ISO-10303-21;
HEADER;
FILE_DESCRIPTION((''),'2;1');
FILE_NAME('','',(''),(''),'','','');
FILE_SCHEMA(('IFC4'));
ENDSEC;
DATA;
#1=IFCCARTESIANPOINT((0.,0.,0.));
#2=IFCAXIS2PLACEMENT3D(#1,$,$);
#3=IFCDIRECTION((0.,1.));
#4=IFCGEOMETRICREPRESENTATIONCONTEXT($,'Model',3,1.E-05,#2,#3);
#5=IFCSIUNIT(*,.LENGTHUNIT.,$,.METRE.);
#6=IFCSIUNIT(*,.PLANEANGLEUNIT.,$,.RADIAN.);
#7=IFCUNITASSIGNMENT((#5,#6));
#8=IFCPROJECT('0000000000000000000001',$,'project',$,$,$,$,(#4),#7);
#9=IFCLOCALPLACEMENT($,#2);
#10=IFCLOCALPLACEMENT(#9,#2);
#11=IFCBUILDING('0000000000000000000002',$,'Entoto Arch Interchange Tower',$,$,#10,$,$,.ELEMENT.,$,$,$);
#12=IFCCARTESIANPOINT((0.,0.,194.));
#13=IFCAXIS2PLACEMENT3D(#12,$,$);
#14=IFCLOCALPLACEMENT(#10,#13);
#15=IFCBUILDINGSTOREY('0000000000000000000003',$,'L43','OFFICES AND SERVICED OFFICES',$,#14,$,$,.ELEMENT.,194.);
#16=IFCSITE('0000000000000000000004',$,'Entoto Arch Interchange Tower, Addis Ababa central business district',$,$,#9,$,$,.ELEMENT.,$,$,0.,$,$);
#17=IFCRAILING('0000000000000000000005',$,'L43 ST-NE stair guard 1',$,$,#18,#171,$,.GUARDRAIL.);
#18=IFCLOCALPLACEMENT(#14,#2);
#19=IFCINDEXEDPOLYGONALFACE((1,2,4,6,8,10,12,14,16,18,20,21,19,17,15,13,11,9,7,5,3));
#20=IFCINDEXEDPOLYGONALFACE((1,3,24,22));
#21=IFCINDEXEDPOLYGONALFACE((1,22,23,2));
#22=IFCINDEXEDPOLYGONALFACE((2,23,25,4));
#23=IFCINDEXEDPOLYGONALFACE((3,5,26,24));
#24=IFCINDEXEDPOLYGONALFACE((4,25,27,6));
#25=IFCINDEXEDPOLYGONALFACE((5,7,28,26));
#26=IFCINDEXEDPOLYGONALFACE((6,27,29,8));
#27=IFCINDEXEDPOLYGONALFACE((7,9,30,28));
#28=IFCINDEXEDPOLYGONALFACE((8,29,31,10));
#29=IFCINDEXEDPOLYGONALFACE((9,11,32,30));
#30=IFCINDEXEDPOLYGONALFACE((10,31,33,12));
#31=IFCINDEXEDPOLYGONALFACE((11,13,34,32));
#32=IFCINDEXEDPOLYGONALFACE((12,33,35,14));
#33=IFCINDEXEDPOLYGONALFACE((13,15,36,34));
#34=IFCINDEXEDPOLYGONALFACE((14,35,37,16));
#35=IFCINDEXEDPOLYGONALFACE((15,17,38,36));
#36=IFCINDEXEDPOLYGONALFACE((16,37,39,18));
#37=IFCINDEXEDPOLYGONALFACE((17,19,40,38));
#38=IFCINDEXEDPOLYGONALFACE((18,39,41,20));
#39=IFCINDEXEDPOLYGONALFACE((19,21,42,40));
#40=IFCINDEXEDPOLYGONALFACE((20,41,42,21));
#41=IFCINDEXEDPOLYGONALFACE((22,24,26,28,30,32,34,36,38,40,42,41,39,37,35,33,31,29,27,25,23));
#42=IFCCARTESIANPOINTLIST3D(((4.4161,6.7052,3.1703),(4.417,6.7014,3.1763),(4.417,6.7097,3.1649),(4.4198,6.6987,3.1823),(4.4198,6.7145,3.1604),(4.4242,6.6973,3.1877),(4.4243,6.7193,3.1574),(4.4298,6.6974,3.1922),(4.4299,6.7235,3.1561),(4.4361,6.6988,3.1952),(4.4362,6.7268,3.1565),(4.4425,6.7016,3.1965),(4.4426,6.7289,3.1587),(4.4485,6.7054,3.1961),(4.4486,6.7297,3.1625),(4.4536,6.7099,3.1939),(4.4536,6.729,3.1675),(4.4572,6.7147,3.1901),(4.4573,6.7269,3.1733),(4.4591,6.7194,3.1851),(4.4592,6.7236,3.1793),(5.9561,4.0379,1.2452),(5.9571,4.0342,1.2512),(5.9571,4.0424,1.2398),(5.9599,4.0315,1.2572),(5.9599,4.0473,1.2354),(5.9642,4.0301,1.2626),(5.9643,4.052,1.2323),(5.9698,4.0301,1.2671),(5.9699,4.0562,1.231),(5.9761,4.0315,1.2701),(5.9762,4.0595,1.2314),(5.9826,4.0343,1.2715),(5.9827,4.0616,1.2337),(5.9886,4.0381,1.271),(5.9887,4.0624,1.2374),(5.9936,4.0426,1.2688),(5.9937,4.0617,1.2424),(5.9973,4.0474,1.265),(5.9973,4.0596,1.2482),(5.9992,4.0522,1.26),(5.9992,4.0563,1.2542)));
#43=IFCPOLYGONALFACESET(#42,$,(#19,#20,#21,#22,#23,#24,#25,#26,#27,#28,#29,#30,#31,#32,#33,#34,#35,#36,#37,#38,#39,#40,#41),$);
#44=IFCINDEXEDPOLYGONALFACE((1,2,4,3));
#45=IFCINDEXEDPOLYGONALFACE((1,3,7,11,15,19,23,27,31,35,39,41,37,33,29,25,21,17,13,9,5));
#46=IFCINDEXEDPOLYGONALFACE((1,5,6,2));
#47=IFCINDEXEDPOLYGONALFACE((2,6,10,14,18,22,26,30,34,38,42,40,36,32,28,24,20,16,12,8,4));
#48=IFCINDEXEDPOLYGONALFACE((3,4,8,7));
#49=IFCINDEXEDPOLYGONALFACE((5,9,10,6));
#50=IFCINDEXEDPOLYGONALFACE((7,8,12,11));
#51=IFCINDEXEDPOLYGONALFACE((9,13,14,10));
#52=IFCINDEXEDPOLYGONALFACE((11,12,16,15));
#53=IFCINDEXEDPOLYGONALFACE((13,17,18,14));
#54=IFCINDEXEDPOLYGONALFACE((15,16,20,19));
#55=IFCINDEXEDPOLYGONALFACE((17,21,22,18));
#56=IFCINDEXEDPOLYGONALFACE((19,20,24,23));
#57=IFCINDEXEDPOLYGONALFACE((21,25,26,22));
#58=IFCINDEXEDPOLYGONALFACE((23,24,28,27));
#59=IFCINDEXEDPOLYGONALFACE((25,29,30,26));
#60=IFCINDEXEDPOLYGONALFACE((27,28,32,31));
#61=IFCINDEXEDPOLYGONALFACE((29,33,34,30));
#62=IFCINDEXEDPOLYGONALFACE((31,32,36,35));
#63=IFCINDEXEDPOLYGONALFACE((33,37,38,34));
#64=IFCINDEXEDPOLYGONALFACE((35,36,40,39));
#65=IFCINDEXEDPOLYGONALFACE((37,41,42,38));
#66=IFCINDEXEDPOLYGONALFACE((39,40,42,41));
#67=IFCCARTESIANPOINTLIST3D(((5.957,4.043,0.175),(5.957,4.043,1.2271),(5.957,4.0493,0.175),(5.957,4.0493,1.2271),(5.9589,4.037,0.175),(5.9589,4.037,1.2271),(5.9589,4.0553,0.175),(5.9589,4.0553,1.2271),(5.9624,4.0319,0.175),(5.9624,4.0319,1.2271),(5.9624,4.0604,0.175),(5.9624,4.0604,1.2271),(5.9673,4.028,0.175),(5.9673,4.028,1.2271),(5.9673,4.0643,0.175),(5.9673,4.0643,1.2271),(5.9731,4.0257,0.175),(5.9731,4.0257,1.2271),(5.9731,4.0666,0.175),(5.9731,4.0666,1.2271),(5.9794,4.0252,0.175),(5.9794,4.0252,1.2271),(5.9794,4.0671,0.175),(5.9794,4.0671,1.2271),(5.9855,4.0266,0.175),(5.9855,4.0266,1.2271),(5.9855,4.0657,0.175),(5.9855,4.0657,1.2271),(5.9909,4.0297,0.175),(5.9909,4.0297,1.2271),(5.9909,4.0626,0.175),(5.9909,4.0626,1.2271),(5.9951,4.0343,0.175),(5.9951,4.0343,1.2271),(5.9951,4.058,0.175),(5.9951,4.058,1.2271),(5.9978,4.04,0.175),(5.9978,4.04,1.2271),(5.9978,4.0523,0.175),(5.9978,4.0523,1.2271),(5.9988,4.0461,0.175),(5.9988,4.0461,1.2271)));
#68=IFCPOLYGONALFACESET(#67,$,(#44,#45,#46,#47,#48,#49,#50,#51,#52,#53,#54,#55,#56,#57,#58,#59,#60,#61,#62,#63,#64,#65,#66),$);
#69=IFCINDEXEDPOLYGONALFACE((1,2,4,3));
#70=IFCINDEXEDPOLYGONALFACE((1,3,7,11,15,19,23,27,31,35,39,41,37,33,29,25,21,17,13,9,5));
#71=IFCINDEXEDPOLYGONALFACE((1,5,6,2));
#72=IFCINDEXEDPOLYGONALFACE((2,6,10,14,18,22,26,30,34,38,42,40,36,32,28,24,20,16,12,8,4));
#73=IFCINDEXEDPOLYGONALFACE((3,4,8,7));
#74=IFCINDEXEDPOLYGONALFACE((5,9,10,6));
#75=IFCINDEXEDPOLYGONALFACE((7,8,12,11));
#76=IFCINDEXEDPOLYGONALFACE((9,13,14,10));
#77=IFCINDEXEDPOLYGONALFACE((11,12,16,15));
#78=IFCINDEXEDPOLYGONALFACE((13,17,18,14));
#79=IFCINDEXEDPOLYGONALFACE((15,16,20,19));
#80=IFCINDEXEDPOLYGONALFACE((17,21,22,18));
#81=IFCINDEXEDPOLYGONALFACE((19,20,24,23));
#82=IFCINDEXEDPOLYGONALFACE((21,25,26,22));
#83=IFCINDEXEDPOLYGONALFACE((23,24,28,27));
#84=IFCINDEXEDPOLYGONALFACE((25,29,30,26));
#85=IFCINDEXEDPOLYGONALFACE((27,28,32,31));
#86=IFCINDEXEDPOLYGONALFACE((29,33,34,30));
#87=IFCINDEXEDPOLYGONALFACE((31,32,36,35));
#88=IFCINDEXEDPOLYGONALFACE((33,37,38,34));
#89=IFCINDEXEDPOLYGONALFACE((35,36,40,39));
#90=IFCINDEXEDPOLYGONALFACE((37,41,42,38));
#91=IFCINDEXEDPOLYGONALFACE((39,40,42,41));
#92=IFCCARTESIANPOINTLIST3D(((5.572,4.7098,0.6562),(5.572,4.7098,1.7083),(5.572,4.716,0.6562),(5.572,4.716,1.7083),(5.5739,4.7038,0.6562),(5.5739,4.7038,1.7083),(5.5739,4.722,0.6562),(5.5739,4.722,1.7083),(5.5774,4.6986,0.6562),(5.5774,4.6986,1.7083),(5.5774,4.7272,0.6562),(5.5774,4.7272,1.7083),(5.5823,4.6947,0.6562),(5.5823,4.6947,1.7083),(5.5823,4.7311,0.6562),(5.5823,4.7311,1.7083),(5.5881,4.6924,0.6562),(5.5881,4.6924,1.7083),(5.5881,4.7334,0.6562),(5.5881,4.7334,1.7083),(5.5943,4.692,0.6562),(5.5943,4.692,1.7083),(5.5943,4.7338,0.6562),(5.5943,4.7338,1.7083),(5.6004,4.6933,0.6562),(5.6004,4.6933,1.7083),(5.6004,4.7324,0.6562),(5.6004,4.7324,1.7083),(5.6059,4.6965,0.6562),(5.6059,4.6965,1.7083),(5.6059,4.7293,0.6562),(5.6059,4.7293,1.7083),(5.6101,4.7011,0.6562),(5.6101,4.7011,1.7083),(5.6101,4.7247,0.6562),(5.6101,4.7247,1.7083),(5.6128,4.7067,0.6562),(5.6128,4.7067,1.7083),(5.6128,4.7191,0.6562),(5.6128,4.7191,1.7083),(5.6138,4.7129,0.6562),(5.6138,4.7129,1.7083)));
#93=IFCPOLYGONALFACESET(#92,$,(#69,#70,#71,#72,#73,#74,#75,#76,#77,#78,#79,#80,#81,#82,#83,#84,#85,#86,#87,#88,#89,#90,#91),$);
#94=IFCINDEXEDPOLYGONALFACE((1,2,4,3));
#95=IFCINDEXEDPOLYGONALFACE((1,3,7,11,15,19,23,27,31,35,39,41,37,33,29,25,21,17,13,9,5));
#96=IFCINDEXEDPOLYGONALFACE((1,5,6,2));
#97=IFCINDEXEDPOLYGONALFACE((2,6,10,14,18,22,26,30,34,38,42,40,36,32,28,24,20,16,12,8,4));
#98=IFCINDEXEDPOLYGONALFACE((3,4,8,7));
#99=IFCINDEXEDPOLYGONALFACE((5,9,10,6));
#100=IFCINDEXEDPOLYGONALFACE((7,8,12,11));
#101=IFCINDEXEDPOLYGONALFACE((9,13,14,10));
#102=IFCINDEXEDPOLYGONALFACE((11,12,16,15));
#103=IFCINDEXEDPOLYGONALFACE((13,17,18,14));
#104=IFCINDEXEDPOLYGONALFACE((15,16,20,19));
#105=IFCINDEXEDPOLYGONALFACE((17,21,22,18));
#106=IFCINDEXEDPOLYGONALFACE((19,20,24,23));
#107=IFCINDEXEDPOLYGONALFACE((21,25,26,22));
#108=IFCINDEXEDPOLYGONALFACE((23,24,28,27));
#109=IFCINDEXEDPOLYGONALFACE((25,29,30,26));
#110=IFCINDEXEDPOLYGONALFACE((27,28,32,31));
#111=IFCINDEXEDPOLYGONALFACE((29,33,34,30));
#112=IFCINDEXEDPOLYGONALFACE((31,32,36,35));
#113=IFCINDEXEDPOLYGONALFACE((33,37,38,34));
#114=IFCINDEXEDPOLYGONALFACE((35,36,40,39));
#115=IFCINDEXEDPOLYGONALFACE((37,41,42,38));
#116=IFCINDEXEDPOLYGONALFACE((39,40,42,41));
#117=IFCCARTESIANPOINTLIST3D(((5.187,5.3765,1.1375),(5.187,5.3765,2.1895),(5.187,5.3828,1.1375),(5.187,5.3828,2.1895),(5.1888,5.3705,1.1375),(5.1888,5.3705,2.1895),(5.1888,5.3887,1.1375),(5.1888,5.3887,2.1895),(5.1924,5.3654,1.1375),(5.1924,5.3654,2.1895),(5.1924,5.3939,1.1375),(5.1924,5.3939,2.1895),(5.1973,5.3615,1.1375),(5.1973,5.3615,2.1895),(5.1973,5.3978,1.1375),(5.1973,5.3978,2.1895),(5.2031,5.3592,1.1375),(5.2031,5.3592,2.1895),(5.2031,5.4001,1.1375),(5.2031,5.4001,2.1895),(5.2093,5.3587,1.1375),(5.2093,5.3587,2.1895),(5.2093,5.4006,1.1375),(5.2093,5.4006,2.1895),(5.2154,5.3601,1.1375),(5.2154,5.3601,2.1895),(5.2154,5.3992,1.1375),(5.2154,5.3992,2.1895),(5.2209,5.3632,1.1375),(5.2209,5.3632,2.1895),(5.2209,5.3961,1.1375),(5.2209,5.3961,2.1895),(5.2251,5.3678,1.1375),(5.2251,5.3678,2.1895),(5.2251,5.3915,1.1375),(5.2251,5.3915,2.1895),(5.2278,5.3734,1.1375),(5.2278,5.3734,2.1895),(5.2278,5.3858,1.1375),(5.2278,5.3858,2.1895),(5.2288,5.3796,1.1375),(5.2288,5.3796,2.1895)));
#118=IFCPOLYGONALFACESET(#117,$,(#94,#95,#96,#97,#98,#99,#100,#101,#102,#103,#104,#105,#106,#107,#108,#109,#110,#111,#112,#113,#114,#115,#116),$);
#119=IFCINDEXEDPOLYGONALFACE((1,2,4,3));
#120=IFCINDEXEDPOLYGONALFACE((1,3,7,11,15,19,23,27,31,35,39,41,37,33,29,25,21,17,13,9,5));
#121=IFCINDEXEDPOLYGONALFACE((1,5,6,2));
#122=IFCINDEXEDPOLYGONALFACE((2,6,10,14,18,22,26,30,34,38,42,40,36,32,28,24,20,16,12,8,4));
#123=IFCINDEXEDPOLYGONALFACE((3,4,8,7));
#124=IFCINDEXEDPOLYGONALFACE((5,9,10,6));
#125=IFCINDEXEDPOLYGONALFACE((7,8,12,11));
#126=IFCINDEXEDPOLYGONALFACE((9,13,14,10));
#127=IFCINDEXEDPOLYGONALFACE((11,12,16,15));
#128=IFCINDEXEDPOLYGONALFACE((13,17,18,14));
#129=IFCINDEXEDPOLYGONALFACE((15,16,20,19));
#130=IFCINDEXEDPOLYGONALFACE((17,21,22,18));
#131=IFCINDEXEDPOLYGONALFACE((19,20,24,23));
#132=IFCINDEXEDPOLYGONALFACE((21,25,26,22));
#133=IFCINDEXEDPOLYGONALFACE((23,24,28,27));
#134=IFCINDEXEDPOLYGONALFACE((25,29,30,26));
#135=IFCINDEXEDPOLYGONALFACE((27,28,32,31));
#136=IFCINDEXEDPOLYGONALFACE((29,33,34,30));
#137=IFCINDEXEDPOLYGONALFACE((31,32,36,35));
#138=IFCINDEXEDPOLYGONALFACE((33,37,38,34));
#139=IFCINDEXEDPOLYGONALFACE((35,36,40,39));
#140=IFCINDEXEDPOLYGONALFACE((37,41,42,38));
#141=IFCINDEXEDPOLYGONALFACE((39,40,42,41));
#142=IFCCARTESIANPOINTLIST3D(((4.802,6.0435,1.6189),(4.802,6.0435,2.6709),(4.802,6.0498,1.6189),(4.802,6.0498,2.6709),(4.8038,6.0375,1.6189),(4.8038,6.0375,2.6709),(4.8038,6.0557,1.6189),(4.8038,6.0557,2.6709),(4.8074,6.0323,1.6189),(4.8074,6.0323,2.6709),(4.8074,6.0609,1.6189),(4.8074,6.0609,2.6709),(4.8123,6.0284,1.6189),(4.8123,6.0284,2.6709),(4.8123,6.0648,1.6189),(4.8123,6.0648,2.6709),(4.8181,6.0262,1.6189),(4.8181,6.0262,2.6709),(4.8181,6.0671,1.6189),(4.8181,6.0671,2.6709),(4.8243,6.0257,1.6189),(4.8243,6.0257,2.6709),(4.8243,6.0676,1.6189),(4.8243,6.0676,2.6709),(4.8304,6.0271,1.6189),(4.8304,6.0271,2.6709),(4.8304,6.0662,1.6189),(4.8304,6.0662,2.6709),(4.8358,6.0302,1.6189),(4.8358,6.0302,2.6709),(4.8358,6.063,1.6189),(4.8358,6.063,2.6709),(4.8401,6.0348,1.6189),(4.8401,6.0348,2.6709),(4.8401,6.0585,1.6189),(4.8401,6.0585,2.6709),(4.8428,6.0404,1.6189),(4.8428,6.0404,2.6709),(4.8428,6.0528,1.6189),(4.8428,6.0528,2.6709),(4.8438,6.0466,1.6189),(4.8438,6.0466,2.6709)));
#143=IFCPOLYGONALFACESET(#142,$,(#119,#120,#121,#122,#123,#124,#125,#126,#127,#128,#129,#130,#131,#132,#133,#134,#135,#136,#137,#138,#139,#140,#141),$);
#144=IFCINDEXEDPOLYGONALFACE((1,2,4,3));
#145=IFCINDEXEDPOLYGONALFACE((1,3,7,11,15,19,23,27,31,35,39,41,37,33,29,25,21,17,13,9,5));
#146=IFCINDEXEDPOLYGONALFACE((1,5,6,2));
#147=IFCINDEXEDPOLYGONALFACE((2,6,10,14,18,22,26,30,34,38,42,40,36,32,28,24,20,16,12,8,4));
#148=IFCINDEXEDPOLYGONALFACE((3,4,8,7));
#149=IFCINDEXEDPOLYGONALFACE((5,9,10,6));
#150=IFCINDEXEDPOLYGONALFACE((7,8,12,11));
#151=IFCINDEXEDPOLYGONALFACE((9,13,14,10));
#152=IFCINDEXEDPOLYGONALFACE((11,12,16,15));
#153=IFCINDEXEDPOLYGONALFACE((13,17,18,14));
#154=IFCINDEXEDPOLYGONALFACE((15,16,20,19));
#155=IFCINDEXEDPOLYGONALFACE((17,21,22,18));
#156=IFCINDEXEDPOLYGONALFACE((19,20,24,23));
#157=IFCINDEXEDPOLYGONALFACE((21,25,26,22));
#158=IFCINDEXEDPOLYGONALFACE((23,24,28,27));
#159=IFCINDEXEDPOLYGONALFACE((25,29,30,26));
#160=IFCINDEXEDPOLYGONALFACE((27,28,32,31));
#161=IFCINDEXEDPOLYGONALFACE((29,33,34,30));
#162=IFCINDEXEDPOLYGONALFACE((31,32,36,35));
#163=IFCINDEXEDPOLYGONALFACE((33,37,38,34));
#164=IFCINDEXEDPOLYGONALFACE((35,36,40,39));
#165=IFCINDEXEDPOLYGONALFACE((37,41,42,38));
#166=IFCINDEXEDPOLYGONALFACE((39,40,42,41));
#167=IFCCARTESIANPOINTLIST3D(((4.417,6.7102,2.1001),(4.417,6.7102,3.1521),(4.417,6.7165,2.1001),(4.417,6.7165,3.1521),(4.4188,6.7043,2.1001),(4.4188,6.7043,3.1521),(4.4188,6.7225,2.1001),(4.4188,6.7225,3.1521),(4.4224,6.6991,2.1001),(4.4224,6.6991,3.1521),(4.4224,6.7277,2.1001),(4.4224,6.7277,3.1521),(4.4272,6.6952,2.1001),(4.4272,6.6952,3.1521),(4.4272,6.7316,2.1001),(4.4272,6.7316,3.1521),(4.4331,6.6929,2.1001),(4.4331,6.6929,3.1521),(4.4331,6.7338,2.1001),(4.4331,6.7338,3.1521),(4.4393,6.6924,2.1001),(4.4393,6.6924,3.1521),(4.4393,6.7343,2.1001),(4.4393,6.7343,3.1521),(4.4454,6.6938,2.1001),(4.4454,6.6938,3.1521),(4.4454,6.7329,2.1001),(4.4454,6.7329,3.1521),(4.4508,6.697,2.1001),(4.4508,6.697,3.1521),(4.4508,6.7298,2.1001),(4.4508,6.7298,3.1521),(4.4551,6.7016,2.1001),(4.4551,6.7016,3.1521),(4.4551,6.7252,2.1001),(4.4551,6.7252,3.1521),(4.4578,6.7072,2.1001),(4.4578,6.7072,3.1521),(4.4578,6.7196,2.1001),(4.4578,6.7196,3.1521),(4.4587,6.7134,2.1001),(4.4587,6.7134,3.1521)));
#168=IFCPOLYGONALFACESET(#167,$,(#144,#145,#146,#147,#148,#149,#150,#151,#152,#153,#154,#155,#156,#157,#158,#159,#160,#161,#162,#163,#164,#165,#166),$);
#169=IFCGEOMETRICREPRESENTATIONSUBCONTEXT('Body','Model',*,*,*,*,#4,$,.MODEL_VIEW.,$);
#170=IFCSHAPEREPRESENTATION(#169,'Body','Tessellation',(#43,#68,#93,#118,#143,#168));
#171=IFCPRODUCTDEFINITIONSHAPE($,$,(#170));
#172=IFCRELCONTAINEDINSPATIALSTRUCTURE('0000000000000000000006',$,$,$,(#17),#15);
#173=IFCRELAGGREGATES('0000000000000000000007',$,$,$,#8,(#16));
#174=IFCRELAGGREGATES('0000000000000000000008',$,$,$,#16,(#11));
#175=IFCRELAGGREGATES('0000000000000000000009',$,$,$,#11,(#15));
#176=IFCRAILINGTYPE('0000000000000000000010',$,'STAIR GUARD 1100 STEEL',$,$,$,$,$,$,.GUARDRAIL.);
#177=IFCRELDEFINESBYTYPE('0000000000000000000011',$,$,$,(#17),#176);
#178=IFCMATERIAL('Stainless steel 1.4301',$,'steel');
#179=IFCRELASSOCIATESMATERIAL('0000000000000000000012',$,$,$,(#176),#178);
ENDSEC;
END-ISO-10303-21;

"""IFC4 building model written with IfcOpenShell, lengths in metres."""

from ifc_helpers import new_model, si_unit, direction, frame, origin, origin_2d, place, context, subcontext, project, spatial, circle, extrude, material, type_object, element, save


model = new_model("IFC4")

# Units and contexts
model_context = context("Model", 3, precision=1e-05, world=origin(), true_north=direction((0.0, 1.0)))
body_context = subcontext(model_context, "Body", "Model", "MODEL_VIEW")
ifc_project = project(units=[si_unit("LENGTHUNIT", "METRE"), si_unit("PLANEANGLEUNIT", "RADIAN")], contexts=[model_context])

# Site, building, storey
site_placement = place(None, origin())
site = spatial("IfcSite", under=ifc_project, at=site_placement, Name="Entoto Arch Interchange Tower, Addis Ababa central business district", CompositionType="ELEMENT", RefElevation=0.0)
building_placement = place(site_placement, origin())
building = spatial("IfcBuilding", under=site, at=building_placement, Name="Entoto Arch Interchange Tower", CompositionType="ELEMENT")
storey_placement = place(building_placement, frame((0.0, 0.0, 194.0)))
storey = spatial("IfcBuildingStorey", under=building, at=storey_placement, Name="L43", Description="OFFICES AND SERVICED OFFICES", CompositionType="ELEMENT", Elevation=194.0)

# Railing
ifc_material_1 = material(Name="Stainless steel 1.4301", Category="steel")
railing_type_1 = type_object("IfcRailingType", Name="STAIR GUARD 1100 STEEL", PredefinedType="GUARDRAIL", material=ifc_material_1)
railing_1_placement = place(storey_placement, frame((5.9778, 4.0461, 0.175)))
element("IfcRailing", 1, at=railing_1_placement, inside=storey, type_object=railing_type_1, Name="L43 ST-NE stair guard 1", PredefinedType="GUARDRAIL", context=body_context, shape_type="SweptSolid", body=[
    extrude(circle(Radius=0.0239, at=origin_2d()), frame((0.0, 0.0, 1.0762), z_axis=(-0.424015, 0.734364, 0.530019), x_axis=(-0.86601, -0.500027, 0.0)), (0.0, 0.0, 1.0), 3.6321),
    extrude(circle(Radius=0.021, at=origin_2d()), origin(), (0.0, 0.0, 1.0), 1.052),
    extrude(circle(Radius=0.021, at=origin_2d()), frame((-0.385, 0.6667, 0.4812)), (0.0, 0.0, 1.0), 1.052),
    extrude(circle(Radius=0.021, at=origin_2d()), frame((-0.77, 1.3335, 0.9624)), (0.0, 0.0, 1.0), 1.052),
    extrude(circle(Radius=0.021, at=origin_2d()), frame((-1.155, 2.0005, 1.4438)), (0.0, 0.0, 1.0), 1.052),
    extrude(circle(Radius=0.021, at=origin_2d()), frame((-1.54, 2.6672, 1.925)), (0.0, 0.0, 1.0), 1.052),
])

save(model, "model.ifc")
